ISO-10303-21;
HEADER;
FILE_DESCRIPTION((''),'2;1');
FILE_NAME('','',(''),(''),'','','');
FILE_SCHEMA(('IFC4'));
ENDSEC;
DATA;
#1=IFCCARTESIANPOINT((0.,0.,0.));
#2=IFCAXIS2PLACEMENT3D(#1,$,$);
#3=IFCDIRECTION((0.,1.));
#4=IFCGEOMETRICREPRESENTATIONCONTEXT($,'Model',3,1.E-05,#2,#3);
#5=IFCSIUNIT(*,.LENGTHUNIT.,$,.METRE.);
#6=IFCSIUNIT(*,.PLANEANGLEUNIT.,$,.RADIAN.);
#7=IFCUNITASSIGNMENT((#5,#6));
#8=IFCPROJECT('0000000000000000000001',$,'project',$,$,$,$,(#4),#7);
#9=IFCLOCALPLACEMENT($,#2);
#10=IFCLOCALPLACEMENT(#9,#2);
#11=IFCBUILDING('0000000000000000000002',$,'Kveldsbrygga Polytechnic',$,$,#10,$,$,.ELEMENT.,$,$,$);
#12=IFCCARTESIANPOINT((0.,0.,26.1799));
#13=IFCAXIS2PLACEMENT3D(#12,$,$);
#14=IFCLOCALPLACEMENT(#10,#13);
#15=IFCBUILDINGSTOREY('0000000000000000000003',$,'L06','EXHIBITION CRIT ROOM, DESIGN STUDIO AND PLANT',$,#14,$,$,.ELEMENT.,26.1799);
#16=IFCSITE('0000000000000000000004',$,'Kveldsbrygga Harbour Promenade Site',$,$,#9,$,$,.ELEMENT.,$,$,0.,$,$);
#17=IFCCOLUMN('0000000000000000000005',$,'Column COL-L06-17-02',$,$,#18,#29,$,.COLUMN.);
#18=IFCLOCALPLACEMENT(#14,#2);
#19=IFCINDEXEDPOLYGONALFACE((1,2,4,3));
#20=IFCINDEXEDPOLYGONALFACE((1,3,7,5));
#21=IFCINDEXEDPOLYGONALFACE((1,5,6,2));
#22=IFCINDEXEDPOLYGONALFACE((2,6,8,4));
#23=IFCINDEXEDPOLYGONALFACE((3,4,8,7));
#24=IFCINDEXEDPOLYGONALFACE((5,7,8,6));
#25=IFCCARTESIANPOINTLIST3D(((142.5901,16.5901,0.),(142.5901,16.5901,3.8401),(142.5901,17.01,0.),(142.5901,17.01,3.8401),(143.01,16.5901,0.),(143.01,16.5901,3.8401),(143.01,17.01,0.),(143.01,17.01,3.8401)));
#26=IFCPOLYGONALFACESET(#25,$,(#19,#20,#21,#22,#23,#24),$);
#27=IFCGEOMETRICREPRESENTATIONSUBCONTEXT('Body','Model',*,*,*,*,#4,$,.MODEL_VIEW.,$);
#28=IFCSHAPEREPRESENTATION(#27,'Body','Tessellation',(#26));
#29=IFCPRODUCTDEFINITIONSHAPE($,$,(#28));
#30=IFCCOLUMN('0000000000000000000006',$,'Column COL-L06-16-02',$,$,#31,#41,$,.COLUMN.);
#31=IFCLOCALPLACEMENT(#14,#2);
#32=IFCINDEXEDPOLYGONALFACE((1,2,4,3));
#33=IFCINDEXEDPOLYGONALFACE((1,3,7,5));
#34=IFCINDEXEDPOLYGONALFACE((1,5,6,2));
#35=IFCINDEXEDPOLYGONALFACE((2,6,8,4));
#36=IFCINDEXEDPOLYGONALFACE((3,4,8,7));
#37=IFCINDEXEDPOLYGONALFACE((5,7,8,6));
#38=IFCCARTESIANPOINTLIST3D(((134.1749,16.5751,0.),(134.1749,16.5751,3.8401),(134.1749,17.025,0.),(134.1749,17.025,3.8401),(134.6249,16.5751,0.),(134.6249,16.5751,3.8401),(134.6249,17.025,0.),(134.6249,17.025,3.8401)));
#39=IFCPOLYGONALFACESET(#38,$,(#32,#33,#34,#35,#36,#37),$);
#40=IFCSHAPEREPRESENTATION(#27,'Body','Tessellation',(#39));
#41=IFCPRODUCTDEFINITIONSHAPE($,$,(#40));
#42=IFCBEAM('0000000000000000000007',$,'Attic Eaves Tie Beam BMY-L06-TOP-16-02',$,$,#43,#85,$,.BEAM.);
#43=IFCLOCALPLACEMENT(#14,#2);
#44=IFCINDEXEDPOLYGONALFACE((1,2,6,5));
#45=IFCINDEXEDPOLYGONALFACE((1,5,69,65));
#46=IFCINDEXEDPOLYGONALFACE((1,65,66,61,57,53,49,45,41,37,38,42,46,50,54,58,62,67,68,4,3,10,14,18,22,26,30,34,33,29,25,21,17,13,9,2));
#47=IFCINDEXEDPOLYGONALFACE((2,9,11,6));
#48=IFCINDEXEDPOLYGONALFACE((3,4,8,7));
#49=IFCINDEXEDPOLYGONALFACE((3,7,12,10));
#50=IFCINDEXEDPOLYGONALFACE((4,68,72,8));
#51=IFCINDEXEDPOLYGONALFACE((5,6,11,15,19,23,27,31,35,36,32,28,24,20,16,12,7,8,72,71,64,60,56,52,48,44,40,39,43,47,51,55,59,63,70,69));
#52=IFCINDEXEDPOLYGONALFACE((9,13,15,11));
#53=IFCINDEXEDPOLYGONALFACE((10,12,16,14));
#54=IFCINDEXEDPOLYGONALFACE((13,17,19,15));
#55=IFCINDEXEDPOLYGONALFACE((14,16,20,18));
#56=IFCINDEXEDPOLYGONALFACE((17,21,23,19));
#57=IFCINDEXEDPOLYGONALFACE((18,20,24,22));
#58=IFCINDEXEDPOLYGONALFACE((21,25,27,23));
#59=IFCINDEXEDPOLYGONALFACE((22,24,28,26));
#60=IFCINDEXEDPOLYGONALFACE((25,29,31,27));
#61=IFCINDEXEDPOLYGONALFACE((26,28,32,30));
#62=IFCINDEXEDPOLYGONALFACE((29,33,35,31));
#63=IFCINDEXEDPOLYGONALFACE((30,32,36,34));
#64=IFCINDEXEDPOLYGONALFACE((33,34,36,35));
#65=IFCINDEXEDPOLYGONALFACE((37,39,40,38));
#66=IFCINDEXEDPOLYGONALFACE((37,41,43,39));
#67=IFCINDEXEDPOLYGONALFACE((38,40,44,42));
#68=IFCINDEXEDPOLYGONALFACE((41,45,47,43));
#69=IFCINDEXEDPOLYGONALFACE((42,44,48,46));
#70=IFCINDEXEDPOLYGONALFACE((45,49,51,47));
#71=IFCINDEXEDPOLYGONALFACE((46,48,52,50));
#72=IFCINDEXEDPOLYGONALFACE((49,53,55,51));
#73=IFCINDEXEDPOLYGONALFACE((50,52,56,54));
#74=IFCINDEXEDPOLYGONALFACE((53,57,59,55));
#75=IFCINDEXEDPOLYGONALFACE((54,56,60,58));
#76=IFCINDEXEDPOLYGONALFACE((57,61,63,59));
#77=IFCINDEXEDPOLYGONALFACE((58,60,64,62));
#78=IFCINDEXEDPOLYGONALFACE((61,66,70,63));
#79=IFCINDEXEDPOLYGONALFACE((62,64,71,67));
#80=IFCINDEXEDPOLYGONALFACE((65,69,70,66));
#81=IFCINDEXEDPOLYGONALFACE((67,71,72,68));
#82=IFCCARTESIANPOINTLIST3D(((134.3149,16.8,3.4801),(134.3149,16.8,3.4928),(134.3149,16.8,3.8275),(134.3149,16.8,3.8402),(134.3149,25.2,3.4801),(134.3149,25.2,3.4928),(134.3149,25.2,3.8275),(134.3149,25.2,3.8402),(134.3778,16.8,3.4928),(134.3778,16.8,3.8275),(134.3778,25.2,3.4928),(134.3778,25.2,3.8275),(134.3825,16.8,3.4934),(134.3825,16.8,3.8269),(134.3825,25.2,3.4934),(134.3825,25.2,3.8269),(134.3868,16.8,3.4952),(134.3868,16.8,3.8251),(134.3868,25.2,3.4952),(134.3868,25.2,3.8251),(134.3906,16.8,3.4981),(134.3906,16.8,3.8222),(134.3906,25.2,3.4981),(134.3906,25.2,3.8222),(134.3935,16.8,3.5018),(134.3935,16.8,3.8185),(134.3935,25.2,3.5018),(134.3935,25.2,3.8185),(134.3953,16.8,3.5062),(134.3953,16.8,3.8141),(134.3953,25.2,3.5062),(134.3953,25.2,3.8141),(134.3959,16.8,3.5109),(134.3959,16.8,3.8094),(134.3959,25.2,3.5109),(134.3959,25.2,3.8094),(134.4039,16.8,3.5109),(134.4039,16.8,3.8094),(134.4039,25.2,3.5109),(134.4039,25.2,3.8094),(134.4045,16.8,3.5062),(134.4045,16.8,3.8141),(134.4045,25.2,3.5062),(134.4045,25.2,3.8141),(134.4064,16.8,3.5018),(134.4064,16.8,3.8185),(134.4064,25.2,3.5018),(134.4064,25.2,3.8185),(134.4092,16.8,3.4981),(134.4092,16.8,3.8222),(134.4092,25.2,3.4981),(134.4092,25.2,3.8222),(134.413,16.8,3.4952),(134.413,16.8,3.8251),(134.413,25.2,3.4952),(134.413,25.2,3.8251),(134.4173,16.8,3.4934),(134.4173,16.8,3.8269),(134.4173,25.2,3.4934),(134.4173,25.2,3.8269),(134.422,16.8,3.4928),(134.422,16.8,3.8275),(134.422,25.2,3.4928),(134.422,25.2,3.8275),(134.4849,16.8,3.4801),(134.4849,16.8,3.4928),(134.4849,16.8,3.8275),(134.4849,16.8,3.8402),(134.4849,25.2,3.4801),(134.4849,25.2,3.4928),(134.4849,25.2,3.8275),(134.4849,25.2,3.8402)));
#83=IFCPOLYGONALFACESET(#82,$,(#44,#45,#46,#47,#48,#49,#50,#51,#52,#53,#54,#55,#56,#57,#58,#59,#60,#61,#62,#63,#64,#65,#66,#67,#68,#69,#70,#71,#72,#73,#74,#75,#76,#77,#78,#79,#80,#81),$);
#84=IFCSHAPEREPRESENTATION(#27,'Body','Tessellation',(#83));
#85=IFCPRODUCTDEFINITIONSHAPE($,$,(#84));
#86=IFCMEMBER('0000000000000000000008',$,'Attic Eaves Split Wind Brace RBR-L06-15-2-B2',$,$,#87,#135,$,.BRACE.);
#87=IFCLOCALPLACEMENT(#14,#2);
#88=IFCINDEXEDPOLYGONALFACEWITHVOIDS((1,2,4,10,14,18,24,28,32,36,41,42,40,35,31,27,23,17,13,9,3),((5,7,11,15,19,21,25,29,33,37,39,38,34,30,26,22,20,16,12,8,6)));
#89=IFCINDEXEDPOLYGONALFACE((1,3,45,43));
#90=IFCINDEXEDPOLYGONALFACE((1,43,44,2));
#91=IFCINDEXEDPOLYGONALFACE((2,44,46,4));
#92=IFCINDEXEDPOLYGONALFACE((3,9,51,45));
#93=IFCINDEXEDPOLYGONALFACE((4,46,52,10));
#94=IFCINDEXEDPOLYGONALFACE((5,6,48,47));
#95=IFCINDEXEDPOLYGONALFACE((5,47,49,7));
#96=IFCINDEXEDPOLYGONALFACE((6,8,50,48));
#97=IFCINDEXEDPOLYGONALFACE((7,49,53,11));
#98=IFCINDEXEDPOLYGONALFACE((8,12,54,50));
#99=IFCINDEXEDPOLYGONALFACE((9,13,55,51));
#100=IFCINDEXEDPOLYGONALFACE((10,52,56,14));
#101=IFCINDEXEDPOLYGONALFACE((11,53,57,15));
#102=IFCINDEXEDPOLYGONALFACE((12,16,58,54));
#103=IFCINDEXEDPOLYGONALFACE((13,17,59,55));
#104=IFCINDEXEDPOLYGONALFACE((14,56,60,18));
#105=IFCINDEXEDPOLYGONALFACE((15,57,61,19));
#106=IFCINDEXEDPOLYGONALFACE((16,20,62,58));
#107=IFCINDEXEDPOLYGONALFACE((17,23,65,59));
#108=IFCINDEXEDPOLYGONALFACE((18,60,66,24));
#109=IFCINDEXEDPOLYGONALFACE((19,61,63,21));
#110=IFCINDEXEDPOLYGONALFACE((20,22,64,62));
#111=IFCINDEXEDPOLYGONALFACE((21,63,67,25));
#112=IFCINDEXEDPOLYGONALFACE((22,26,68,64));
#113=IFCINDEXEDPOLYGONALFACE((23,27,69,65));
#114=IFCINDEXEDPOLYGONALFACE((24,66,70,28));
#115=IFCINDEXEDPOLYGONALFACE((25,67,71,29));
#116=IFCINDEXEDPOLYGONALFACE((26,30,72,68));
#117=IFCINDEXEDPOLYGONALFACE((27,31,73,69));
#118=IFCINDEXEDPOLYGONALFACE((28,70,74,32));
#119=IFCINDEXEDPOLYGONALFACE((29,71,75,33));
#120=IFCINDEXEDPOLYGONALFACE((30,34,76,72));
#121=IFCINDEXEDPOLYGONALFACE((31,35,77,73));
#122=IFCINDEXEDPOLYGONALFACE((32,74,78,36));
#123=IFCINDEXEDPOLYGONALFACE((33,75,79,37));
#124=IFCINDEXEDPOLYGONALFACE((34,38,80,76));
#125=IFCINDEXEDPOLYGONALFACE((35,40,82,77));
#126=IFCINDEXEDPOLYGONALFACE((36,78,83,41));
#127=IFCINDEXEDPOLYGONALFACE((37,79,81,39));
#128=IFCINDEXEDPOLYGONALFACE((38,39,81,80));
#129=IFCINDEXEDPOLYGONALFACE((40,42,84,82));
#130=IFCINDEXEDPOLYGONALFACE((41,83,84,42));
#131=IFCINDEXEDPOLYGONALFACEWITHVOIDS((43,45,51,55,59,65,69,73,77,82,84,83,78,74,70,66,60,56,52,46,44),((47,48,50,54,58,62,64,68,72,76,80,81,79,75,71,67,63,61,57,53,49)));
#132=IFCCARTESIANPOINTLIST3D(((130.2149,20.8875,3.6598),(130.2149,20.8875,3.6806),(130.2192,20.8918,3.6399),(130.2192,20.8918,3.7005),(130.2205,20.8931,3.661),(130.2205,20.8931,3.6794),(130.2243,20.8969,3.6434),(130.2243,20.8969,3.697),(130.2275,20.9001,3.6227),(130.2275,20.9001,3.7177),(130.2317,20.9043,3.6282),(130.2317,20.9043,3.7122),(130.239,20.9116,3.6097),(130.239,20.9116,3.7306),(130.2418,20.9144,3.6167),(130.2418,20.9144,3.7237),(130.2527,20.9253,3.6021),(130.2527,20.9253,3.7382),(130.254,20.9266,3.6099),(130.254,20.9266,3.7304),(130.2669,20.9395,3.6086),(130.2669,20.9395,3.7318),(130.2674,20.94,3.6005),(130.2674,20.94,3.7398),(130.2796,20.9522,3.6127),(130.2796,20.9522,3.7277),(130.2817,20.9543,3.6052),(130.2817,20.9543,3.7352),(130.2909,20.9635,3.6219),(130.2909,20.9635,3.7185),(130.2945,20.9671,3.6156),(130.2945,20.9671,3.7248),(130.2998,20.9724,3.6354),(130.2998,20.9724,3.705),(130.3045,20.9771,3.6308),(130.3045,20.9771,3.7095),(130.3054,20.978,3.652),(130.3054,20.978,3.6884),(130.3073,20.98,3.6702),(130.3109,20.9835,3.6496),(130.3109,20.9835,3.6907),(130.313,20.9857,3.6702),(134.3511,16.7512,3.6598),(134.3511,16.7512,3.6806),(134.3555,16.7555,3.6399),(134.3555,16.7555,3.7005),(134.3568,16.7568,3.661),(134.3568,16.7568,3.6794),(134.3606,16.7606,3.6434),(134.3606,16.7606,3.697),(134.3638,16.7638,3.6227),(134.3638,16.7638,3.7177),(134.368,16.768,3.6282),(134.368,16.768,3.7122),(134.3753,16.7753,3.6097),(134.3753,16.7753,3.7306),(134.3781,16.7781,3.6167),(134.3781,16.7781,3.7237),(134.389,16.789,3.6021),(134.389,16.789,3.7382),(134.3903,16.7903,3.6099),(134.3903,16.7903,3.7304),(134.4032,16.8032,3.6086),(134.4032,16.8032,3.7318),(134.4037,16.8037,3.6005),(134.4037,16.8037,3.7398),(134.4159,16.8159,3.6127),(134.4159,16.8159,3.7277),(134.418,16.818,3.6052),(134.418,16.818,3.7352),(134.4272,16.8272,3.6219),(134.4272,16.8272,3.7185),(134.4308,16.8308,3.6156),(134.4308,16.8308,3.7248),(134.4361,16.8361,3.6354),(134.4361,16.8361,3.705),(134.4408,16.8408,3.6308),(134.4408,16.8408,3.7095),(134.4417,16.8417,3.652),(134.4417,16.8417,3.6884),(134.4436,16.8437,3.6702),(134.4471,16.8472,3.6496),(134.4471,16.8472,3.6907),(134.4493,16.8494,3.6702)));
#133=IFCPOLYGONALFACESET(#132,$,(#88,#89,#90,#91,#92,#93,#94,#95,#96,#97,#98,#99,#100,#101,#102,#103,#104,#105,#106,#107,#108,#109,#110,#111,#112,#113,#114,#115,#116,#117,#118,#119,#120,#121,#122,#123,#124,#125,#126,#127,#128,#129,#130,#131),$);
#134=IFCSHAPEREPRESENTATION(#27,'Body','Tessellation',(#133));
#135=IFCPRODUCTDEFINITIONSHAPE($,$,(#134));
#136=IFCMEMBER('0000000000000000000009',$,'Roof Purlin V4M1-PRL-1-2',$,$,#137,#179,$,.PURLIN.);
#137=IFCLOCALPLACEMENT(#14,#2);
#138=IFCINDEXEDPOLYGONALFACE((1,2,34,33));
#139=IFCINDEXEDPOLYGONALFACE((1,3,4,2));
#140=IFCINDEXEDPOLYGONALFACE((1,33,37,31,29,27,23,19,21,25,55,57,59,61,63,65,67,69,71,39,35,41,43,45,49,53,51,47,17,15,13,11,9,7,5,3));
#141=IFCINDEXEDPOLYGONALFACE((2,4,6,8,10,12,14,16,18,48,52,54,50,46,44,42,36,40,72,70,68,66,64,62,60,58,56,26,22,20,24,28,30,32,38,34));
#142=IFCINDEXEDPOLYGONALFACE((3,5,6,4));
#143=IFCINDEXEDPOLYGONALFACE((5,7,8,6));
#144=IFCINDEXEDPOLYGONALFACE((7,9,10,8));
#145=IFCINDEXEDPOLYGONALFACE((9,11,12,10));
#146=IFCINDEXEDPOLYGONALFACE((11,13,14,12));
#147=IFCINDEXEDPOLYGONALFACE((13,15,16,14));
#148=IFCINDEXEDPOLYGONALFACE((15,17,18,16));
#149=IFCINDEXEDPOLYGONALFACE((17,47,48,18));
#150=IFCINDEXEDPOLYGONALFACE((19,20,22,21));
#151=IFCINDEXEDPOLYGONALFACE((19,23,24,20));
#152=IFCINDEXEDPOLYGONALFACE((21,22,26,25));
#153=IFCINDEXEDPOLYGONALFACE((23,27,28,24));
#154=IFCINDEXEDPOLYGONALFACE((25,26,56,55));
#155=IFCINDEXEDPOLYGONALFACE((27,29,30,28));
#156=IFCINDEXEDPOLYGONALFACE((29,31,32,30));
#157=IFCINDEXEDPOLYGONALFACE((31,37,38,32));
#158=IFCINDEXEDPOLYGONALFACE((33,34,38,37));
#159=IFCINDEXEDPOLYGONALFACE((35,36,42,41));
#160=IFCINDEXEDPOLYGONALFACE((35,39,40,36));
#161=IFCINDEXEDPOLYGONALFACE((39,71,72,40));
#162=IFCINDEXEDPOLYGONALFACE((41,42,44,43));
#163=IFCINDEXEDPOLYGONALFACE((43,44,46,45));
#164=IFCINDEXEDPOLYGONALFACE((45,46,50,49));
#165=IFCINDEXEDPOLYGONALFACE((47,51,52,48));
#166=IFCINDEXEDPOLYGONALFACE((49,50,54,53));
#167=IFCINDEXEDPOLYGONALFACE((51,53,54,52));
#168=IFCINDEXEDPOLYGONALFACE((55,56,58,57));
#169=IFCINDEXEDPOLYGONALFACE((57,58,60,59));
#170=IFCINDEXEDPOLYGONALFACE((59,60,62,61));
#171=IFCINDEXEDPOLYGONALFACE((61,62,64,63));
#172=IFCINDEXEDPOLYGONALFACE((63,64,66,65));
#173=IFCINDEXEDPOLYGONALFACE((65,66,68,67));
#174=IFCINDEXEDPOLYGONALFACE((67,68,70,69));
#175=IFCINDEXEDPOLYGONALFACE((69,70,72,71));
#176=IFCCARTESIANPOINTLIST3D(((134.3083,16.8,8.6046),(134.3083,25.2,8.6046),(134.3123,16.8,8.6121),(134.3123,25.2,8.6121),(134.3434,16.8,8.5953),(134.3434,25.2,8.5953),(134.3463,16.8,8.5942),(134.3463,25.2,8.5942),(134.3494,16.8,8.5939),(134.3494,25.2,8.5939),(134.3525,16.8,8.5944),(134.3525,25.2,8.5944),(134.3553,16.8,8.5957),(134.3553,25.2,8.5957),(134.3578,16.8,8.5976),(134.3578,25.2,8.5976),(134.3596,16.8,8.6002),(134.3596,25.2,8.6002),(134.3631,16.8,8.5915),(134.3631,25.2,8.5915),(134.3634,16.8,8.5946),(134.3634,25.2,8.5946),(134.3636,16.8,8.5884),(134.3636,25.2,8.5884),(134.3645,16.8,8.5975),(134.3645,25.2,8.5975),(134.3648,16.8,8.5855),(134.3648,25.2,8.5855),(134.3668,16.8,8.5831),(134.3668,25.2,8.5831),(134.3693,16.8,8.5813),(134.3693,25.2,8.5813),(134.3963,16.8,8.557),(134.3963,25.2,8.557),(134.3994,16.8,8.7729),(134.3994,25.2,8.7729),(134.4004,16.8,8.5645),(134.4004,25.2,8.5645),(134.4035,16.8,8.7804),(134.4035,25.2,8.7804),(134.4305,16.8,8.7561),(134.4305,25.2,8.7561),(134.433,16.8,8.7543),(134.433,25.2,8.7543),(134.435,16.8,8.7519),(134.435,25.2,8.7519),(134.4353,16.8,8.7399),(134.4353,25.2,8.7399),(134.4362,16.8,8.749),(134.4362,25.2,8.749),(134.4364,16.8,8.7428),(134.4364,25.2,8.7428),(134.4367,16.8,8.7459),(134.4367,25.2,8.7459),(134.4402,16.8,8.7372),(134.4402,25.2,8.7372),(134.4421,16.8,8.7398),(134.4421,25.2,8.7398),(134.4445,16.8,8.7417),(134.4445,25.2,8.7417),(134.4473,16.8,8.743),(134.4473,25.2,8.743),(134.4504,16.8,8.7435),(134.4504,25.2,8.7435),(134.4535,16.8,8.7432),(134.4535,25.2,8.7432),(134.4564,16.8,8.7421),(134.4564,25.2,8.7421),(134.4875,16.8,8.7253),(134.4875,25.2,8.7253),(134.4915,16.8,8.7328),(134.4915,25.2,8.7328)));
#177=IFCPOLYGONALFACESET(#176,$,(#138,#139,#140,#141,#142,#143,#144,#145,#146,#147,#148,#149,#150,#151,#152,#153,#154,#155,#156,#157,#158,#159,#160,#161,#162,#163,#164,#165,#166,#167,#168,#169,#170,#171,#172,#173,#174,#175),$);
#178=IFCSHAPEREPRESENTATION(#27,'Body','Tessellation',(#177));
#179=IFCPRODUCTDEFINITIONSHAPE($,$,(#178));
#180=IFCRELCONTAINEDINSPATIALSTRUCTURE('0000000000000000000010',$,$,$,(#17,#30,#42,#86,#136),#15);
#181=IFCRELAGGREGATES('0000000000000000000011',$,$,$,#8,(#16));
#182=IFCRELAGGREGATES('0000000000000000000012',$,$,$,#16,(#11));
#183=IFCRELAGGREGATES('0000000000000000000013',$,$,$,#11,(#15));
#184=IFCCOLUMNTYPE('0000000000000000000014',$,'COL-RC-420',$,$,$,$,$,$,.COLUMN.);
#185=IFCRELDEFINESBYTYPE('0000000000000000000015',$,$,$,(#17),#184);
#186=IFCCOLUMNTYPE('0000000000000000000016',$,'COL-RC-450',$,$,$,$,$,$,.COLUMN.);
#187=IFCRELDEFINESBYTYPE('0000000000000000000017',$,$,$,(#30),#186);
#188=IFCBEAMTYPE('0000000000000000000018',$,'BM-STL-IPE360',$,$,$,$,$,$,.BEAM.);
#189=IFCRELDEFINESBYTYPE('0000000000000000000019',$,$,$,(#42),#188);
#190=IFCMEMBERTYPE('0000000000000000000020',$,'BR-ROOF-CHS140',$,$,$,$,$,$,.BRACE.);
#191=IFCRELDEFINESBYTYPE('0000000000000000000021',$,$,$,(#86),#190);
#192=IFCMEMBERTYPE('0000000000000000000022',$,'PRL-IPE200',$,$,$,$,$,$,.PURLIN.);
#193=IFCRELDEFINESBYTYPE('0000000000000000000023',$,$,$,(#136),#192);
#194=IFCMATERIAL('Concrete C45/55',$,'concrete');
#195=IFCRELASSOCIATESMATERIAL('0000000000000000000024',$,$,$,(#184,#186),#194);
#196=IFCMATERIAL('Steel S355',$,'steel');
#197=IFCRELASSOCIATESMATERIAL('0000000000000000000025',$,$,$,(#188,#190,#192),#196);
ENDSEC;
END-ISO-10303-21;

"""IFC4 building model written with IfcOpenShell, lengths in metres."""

from ifc_helpers import new_model, si_unit, direction, frame, origin, origin_2d, place, context, subcontext, project, spatial, rectangle, hollow_circle, i_section, extrude, material, material_profile, profile_set, type_object, element, save


model = new_model("IFC4")

# Units and contexts
model_context = context("Model", 3, precision=1e-05, world=origin(), true_north=direction((0.0, 1.0)))
body_context = subcontext(model_context, "Body", "Model", "MODEL_VIEW")
ifc_project = project(units=[si_unit("LENGTHUNIT", "METRE"), si_unit("PLANEANGLEUNIT", "RADIAN")], contexts=[model_context])

# Site, building, storey
site_placement = place(None, origin())
site = spatial("IfcSite", under=ifc_project, at=site_placement, Name="Kveldsbrygga Harbour Promenade Site", CompositionType="ELEMENT", RefElevation=0.0)
building_placement = place(site_placement, origin())
building = spatial("IfcBuilding", under=site, at=building_placement, Name="Kveldsbrygga Polytechnic", CompositionType="ELEMENT")
storey_placement = place(building_placement, frame((0.0, 0.0, 26.1799)))
storey = spatial("IfcBuildingStorey", under=building, at=storey_placement, Name="L06", Description="EXHIBITION CRIT ROOM, DESIGN STUDIO AND PLANT", CompositionType="ELEMENT", Elevation=26.1799)

# Columns
ifc_material_1 = material(Name="Concrete C45/55", Category="concrete")
ifc_material_profile_1 = material_profile(ifc_material_1, rectangle(XDim=0.4199, YDim=0.4199, at=origin_2d()), Name="RC 420x420")
ifc_profile_set_1 = profile_set([ifc_material_profile_1], Name="Concrete C45/55")
column_type_1 = type_object("IfcColumnType", Name="COL-RC-420", PredefinedType="COLUMN", material=ifc_profile_set_1)
column_1_placement = place(storey_placement, frame((142.8, 16.8, 0.0), z_axis=(0.0, 0.0, 1.0), x_axis=(1.0, 0.0, 0.0)))
element("IfcColumn", 1, at=column_1_placement, inside=storey, type_object=column_type_1, Name="Column COL-L06-17-02", PredefinedType="COLUMN", context=body_context, shape_type="SweptSolid", body=[
    extrude(rectangle(XDim=0.4199, YDim=0.4199, at=origin_2d()), origin(), (0.0, 0.0, 1.0), 3.8401),
])
ifc_material_profile_2 = material_profile(ifc_material_1, rectangle(XDim=0.45, YDim=0.45, at=origin_2d()), Name="RC 450x450")
ifc_profile_set_2 = profile_set([ifc_material_profile_2], Name="Concrete C45/55")
column_type_2 = type_object("IfcColumnType", Name="COL-RC-450", PredefinedType="COLUMN", material=ifc_profile_set_2)
column_2_placement = place(storey_placement, frame((134.3999, 16.8, 0.0), z_axis=(0.0, 0.0, 1.0), x_axis=(1.0, 0.0, 0.0)))
element("IfcColumn", 2, at=column_2_placement, inside=storey, type_object=column_type_2, Name="Column COL-L06-16-02", PredefinedType="COLUMN", context=body_context, shape_type="SweptSolid", body=[
    extrude(rectangle(XDim=0.45, YDim=0.45, at=origin_2d()), origin(), (0.0, 0.0, 1.0), 3.8401),
])

# Beam
ifc_material_2 = material(Name="Steel S355", Category="steel")
ifc_material_profile_3 = material_profile(ifc_material_2, i_section(OverallWidth=0.1699, OverallDepth=0.3601, WebThickness=0.0081, FlangeThickness=0.0127, FilletRadius=0.0181, at=origin_2d()), Name="IPE 360")
ifc_profile_set_3 = profile_set([ifc_material_profile_3], Name="Steel S355")
beam_type = type_object("IfcBeamType", Name="BM-STL-IPE360", PredefinedType="BEAM", material=ifc_profile_set_3)
beam_placement = place(storey_placement, frame((134.3999, 16.8, 3.6602), z_axis=(0.0, 1.0, 0.0), x_axis=(-1.0, 0.0, 0.0)))
element("IfcBeam", 3, at=beam_placement, inside=storey, type_object=beam_type, Name="Attic Eaves Tie Beam BMY-L06-TOP-16-02", PredefinedType="BEAM", context=body_context, shape_type="SweptSolid", body=[
    extrude(i_section(OverallWidth=0.1699, OverallDepth=0.3601, WebThickness=0.0081, FlangeThickness=0.0127, FilletRadius=0.0181, at=origin_2d()), origin(), (0.0, 0.0, 1.0), 8.3999),
])

# Members
ifc_material_profile_4 = material_profile(ifc_material_2, hollow_circle(Radius=0.0698, WallThickness=0.0081, at=origin_2d()), Name="CHS 139.7x8.0")
ifc_profile_set_4 = profile_set([ifc_material_profile_4], Name="Steel S355")
member_type_1 = type_object("IfcMemberType", Name="BR-ROOF-CHS140", PredefinedType="BRACE", material=ifc_profile_set_4)
member_1_placement = place(storey_placement, frame((130.2637, 20.9363, 3.6702), z_axis=(0.707107, -0.707107, 0.0), x_axis=(0.707107, 0.707107, 0.0)))
element("IfcMember", 4, at=member_1_placement, inside=storey, type_object=member_type_1, Name="Attic Eaves Split Wind Brace RBR-L06-15-2-B2", PredefinedType="BRACE", context=body_context, shape_type="SweptSolid", body=[
    extrude(hollow_circle(Radius=0.0698, WallThickness=0.0081, at=origin_2d()), origin(), (0.0, 0.0, 1.0), 5.8496),
])
ifc_material_profile_5 = material_profile(ifc_material_2, i_section(OverallWidth=0.1001, OverallDepth=0.2, WebThickness=0.0056, FlangeThickness=0.0085, FilletRadius=0.012, at=origin_2d()), Name="IPE 200")
ifc_profile_set_5 = profile_set([ifc_material_profile_5], Name="Steel S355")
member_type_2 = type_object("IfcMemberType", Name="PRL-IPE200", PredefinedType="PURLIN", material=ifc_profile_set_5)
for number, where, z_axis, x_axis, name in (
    (5, (134.3999, 16.8, 8.6687), (0.0, 1.0, 0.0), (-0.879292, 0.0, 0.476283), "Roof Purlin V4M1-PRL-1-2"),
):
    element("IfcMember", number, at=place(storey_placement, frame(where, z_axis=z_axis, x_axis=x_axis)), inside=storey, type_object=member_type_2, Name=name, PredefinedType="PURLIN", context=body_context, shape_type="SweptSolid", body=[
        extrude(i_section(OverallWidth=0.1001, OverallDepth=0.2, WebThickness=0.0056, FlangeThickness=0.0085, FilletRadius=0.012, at=origin_2d()), origin(), (0.0, 0.0, 1.0), 8.3999),
    ])

save(model, "model.ifc")
